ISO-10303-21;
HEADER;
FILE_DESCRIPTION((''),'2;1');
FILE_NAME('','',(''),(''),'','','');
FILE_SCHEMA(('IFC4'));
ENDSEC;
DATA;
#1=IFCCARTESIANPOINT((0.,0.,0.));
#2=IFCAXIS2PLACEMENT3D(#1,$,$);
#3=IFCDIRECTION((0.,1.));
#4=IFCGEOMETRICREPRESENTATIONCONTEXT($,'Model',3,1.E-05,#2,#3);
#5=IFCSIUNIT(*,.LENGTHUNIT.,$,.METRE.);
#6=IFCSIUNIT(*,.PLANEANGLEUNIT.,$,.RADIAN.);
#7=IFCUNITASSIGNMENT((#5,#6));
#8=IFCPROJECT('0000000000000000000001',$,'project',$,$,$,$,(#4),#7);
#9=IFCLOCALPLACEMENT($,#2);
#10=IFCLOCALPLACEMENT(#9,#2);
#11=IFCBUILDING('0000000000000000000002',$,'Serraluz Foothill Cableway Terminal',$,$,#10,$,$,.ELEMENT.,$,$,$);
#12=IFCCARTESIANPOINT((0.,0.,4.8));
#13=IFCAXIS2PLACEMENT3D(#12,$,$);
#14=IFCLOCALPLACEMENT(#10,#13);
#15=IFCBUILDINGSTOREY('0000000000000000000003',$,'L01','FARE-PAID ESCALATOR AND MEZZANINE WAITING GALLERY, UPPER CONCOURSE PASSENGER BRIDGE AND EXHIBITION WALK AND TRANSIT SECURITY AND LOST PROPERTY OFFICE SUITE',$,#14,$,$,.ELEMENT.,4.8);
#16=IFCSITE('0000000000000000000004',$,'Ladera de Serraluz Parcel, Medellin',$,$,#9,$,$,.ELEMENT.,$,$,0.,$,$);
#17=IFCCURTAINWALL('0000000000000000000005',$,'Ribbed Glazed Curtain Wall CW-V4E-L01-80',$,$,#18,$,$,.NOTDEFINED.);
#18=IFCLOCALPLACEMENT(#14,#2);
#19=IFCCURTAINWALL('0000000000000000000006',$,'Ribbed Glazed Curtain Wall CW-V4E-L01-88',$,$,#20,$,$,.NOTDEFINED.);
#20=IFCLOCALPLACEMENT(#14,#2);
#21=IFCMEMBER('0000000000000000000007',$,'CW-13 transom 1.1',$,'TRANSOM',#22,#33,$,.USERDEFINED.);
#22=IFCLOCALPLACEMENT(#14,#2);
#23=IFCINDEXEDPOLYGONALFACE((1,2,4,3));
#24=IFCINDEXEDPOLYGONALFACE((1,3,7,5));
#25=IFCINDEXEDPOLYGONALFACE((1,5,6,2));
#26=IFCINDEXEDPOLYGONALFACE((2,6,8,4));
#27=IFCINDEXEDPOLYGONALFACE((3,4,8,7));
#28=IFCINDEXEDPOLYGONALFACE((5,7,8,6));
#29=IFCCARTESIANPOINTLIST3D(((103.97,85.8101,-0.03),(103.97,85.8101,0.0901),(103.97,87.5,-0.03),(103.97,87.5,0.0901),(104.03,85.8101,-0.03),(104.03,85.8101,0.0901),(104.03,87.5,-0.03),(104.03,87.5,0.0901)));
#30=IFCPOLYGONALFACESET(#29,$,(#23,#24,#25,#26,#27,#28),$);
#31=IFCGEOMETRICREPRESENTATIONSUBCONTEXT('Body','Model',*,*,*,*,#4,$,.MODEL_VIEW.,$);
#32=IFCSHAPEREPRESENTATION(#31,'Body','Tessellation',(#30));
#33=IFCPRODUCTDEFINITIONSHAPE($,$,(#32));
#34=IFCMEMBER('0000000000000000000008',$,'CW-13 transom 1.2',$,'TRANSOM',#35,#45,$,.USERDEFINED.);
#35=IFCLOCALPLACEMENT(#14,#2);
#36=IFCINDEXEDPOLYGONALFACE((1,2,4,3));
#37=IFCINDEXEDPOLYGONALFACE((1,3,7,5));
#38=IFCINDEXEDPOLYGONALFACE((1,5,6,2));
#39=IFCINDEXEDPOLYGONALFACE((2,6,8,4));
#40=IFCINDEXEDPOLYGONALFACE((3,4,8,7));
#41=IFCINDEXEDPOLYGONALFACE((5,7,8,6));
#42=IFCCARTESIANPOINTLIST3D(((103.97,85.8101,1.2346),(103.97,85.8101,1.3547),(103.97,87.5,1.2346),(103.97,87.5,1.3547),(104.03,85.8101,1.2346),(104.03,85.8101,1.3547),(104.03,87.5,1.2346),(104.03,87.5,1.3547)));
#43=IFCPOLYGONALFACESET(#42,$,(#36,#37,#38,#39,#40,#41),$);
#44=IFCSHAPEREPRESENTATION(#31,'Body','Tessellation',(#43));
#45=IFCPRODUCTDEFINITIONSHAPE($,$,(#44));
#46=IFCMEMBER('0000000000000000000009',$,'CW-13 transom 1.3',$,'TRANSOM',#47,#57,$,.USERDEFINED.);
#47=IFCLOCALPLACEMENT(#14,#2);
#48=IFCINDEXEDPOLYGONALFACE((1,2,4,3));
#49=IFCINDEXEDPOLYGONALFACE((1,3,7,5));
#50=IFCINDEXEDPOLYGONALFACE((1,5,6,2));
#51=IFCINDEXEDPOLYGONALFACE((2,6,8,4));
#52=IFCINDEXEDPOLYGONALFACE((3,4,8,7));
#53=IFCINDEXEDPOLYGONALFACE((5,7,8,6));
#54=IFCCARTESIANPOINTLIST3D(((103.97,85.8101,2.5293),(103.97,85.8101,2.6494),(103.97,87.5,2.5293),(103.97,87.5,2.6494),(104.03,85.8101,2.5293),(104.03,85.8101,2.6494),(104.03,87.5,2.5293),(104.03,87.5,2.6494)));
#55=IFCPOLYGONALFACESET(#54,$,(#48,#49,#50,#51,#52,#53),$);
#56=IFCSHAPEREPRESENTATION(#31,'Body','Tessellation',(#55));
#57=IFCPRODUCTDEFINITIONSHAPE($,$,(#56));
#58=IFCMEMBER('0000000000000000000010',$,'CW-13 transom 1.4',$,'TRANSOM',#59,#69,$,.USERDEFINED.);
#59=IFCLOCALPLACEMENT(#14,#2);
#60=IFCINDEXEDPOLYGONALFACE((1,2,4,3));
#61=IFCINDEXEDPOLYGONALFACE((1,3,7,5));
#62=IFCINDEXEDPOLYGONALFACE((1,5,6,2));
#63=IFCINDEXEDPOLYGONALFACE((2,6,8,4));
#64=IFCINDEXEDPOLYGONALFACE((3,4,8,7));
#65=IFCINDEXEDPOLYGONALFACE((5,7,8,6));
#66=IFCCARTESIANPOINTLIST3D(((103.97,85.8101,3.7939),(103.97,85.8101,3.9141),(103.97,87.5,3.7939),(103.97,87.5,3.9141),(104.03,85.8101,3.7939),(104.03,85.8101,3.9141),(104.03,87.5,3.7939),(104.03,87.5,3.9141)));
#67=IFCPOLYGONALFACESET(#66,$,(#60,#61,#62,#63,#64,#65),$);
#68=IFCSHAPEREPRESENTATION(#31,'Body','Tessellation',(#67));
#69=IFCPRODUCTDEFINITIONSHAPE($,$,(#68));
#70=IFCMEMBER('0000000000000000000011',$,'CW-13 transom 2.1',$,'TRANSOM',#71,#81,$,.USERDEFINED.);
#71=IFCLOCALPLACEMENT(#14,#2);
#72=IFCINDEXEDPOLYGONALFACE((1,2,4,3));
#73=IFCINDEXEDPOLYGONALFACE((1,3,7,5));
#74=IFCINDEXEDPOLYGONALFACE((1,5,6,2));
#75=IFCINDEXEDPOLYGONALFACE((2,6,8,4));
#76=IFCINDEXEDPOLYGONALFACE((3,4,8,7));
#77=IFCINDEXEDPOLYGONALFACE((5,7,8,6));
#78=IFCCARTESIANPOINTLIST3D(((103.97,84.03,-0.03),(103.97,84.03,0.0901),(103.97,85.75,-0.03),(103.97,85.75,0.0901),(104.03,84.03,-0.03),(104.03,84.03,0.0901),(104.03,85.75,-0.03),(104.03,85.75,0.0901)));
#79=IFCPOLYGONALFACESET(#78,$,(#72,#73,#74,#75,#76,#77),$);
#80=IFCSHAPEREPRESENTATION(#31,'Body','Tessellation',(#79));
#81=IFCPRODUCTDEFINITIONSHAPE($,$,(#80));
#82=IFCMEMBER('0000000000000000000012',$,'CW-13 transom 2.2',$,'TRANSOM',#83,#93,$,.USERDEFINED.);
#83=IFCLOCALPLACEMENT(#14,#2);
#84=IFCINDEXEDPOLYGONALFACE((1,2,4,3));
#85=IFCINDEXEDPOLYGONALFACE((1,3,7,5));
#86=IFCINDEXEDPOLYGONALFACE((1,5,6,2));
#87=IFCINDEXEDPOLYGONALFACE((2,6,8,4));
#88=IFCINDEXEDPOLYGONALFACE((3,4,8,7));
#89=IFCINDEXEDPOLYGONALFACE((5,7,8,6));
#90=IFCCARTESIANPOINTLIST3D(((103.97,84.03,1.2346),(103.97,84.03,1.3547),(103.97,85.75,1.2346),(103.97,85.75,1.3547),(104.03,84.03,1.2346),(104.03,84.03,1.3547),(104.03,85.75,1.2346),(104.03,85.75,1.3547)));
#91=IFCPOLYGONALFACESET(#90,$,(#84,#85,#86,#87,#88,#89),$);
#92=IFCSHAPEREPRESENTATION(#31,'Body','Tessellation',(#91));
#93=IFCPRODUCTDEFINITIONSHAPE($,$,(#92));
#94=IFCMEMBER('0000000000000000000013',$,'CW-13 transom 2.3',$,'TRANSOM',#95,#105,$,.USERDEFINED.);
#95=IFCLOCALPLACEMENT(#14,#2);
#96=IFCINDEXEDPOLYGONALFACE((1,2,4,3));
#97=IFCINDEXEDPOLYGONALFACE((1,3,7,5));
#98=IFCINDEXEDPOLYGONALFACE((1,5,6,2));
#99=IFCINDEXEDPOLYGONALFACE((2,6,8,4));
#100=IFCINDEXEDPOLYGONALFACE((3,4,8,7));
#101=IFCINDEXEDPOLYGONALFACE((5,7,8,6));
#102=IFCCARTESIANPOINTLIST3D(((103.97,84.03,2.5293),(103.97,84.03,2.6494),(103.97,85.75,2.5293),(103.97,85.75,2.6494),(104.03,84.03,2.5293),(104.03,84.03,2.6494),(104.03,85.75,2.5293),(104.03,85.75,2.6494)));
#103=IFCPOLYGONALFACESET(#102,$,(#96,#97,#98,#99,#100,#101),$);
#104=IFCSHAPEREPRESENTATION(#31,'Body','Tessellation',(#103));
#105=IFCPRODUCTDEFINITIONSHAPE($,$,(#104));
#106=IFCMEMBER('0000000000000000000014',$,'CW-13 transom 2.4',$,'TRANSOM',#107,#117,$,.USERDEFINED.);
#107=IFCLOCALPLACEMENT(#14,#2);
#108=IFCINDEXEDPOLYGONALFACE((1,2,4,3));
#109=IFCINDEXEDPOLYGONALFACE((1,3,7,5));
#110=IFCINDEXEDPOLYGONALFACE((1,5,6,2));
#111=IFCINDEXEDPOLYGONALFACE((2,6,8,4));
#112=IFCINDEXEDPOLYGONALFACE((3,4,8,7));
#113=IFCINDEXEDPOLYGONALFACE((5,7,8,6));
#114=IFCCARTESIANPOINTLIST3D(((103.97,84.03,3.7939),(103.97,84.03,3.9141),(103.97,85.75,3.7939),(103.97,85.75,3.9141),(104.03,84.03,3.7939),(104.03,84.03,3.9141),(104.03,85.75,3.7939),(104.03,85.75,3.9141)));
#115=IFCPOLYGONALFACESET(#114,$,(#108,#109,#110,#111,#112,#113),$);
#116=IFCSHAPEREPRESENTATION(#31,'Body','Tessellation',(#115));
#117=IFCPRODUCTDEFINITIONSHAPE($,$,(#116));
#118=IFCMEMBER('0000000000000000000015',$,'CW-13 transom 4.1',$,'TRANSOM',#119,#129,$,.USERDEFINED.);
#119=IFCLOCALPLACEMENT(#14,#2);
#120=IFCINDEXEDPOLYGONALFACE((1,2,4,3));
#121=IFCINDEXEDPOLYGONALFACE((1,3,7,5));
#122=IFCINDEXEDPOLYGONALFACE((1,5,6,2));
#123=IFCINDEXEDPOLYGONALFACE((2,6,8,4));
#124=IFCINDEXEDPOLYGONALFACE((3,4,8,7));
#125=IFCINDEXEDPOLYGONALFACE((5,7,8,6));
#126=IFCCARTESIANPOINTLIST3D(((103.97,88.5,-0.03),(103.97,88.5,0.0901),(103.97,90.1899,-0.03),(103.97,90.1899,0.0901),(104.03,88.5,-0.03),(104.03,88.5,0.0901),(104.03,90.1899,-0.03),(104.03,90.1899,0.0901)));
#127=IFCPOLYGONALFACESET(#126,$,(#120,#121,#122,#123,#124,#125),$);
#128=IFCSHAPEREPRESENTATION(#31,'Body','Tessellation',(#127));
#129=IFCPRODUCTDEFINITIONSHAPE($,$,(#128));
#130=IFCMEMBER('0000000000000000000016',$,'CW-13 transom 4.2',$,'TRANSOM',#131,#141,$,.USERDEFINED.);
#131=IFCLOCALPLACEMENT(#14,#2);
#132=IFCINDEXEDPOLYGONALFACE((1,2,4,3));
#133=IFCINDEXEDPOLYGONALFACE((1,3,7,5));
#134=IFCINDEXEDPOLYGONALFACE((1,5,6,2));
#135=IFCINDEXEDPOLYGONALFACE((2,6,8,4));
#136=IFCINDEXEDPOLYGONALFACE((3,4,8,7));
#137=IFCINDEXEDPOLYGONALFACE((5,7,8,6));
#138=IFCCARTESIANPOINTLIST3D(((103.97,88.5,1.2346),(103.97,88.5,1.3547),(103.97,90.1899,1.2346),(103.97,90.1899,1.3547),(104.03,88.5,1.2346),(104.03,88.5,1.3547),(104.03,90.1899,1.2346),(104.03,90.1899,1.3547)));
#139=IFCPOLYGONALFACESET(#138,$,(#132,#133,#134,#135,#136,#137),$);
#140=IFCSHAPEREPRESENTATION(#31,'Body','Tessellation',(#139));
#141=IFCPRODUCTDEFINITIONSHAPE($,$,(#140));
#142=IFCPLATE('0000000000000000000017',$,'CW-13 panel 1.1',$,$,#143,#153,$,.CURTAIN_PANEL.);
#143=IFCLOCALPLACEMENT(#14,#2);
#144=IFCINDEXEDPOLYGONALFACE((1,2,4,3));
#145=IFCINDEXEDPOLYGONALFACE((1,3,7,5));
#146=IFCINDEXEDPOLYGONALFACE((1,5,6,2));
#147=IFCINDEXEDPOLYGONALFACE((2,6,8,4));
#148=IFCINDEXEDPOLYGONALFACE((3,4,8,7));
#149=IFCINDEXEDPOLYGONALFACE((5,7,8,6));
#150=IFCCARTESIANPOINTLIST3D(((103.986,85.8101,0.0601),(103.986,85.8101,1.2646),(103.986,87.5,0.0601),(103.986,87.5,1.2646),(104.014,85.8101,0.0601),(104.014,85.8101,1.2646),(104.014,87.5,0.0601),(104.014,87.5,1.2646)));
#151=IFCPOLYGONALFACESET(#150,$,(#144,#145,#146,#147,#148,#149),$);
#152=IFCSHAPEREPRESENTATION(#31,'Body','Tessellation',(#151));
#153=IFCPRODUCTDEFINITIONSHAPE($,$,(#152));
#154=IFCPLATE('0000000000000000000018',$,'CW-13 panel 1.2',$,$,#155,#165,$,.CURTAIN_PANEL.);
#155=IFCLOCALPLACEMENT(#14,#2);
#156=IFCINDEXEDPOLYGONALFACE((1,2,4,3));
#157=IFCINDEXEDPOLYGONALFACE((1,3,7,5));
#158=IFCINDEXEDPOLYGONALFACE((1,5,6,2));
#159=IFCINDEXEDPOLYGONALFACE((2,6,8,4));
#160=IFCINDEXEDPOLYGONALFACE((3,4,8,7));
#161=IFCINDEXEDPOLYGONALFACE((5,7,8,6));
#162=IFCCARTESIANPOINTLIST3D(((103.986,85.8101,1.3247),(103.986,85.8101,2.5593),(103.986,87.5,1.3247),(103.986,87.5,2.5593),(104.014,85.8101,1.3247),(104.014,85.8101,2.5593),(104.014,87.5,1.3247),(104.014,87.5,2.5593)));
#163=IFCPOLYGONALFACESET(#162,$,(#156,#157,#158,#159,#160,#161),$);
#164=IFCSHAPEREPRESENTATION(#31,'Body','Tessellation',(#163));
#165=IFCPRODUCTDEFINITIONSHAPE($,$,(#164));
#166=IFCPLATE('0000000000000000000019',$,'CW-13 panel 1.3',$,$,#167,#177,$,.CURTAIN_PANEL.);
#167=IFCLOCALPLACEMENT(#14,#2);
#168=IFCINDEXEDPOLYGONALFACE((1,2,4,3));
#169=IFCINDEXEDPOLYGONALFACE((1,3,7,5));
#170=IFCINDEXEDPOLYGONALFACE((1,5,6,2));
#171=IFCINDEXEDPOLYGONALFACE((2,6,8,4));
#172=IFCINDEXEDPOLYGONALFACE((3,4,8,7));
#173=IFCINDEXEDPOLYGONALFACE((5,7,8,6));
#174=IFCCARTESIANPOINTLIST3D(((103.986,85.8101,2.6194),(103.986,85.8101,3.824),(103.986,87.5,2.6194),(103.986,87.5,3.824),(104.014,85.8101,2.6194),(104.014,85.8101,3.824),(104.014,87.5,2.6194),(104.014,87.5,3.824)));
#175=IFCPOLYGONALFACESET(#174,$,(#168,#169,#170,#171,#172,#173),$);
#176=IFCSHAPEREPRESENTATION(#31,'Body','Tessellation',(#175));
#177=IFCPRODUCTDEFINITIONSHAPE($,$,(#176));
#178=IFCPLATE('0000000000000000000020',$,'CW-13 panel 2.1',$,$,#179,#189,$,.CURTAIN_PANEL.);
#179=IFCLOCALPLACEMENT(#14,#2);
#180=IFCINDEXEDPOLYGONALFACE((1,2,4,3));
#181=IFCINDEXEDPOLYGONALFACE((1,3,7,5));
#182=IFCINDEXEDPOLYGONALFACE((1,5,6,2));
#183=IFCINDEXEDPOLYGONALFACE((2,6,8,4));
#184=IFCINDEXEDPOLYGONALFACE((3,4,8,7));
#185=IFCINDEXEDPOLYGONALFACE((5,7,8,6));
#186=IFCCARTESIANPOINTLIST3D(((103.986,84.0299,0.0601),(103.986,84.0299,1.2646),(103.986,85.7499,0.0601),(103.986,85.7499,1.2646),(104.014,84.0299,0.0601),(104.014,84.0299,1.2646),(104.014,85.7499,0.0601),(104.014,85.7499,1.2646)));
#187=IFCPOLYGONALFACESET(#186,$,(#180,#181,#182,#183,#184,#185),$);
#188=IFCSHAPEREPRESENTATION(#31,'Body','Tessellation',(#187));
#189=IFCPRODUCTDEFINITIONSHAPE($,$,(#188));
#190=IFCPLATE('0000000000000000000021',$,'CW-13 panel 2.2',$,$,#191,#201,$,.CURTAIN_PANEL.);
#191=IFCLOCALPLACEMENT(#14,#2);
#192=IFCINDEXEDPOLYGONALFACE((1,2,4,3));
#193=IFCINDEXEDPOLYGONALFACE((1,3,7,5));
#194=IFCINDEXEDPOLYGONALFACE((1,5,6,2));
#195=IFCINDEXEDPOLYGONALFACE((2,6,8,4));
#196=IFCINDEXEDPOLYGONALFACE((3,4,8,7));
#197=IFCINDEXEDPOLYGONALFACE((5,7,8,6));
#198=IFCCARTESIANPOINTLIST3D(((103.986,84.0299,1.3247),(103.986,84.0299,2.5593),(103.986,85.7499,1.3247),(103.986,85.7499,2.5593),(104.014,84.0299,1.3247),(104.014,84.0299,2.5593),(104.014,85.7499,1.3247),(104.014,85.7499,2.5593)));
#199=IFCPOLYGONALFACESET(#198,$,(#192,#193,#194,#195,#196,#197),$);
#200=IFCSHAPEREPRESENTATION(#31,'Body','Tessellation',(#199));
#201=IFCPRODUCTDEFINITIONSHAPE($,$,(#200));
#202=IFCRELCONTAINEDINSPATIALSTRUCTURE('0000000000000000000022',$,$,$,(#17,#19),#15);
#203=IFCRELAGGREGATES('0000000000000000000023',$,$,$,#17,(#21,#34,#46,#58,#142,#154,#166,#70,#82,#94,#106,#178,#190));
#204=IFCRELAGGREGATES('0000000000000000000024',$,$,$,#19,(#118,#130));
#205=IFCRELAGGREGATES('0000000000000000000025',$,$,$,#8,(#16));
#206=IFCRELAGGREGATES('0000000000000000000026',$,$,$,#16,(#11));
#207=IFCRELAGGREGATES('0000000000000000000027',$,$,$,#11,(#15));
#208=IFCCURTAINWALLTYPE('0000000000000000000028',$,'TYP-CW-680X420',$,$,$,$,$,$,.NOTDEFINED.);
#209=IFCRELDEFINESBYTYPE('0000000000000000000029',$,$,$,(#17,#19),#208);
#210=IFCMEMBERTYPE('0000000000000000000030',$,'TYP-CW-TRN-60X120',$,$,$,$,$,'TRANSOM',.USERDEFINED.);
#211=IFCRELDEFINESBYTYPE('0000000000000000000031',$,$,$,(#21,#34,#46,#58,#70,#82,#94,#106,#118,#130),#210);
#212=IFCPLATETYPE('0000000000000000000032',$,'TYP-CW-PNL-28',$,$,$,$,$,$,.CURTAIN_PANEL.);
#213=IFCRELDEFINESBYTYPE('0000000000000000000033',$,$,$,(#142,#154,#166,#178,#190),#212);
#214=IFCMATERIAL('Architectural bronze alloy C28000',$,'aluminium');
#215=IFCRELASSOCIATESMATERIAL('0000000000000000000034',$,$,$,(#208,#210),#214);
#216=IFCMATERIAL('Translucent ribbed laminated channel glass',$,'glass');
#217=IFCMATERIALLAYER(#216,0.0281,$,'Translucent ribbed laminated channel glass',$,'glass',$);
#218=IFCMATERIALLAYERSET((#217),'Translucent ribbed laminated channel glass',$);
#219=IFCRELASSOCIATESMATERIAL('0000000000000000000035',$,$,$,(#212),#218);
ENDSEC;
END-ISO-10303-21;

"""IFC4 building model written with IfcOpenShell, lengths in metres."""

from ifc_helpers import new_model, si_unit, direction, frame, origin, origin_2d, place, context, subcontext, project, spatial, rectangle, extrude, material, layer, layer_set, material_profile, profile_set, type_object, element, aggregate, save


model = new_model("IFC4")

# Units and contexts
model_context = context("Model", 3, precision=1e-05, world=origin(), true_north=direction((0.0, 1.0)))
body_context = subcontext(model_context, "Body", "Model", "MODEL_VIEW")
ifc_project = project(units=[si_unit("LENGTHUNIT", "METRE"), si_unit("PLANEANGLEUNIT", "RADIAN")], contexts=[model_context])

# Site, building, storey
site_placement = place(None, origin())
site = spatial("IfcSite", under=ifc_project, at=site_placement, Name="Ladera de Serraluz Parcel, Medellin", CompositionType="ELEMENT", RefElevation=0.0)
building_placement = place(site_placement, origin())
building = spatial("IfcBuilding", under=site, at=building_placement, Name="Serraluz Foothill Cableway Terminal", CompositionType="ELEMENT")
storey_placement = place(building_placement, frame((0.0, 0.0, 4.8)))
storey = spatial("IfcBuildingStorey", under=building, at=storey_placement, Name="L01", Description="FARE-PAID ESCALATOR AND MEZZANINE WAITING GALLERY, UPPER CONCOURSE PASSENGER BRIDGE AND EXHIBITION WALK AND TRANSIT SECURITY AND LOST PROPERTY OFFICE SUITE", CompositionType="ELEMENT", Elevation=4.8)

# Curtain wall
ifc_material_1 = material(Name="Architectural bronze alloy C28000", Category="aluminium")
curtain_wall_type = type_object("IfcCurtainWallType", Name="TYP-CW-680X420", PredefinedType="NOTDEFINED", material=ifc_material_1)
curtain_wall_1_placement = place(storey_placement, origin())
curtain_wall_1 = element("IfcCurtainWall", 1, at=curtain_wall_1_placement, inside=storey, type_object=curtain_wall_type, Name="Ribbed Glazed Curtain Wall CW-V4E-L01-80", PredefinedType="NOTDEFINED")

# Curtain wall
curtain_wall_2_placement = place(storey_placement, origin())
curtain_wall_2 = element("IfcCurtainWall", 2, at=curtain_wall_2_placement, inside=storey, type_object=curtain_wall_type, Name="Ribbed Glazed Curtain Wall CW-V4E-L01-88", PredefinedType="NOTDEFINED")

# Members
ifc_material_profile_1 = material_profile(ifc_material_1, rectangle(XDim=0.0601, YDim=0.1201, at=origin_2d()), Name="ALU TRANSOM 60x120")
ifc_profile_set_1 = profile_set([ifc_material_profile_1], Name="Architectural bronze alloy C28000")
member_type_1 = type_object("IfcMemberType", Name="TYP-CW-TRN-60X120", ElementType="TRANSOM", PredefinedType="USERDEFINED", material=ifc_profile_set_1)
member_1_placement = place(storey_placement, frame((104.0, 87.5, 0.03), z_axis=(0.0, -1.0, 0.0), x_axis=(1.0, 0.0, 0.0)))
member_1 = element("IfcMember", 3, at=member_1_placement, type_object=member_type_1, Name="CW-13 transom 1.1", ObjectType="TRANSOM", PredefinedType="USERDEFINED", context=body_context, shape_type="SweptSolid", body=[
    extrude(rectangle(XDim=0.0601, YDim=0.1201, at=origin_2d()), origin(), (0.0, 0.0, 1.0), 1.6899),
])
member_2_placement = place(storey_placement, frame((104.0, 87.5, 1.2947), z_axis=(0.0, -1.0, 0.0), x_axis=(1.0, 0.0, 0.0)))
member_2 = element("IfcMember", 4, at=member_2_placement, type_object=member_type_1, Name="CW-13 transom 1.2", ObjectType="TRANSOM", PredefinedType="USERDEFINED", context=body_context, shape_type="SweptSolid", body=[
    extrude(rectangle(XDim=0.0601, YDim=0.1201, at=origin_2d()), origin(), (0.0, 0.0, 1.0), 1.6899),
])
member_3_placement = place(storey_placement, frame((104.0, 87.5, 2.5894), z_axis=(0.0, -1.0, 0.0), x_axis=(1.0, 0.0, 0.0)))
member_3 = element("IfcMember", 5, at=member_3_placement, type_object=member_type_1, Name="CW-13 transom 1.3", ObjectType="TRANSOM", PredefinedType="USERDEFINED", context=body_context, shape_type="SweptSolid", body=[
    extrude(rectangle(XDim=0.0601, YDim=0.1201, at=origin_2d()), origin(), (0.0, 0.0, 1.0), 1.6899),
])
member_4_placement = place(storey_placement, frame((104.0, 87.5, 3.854), z_axis=(0.0, -1.0, 0.0), x_axis=(1.0, 0.0, 0.0)))
member_4 = element("IfcMember", 6, at=member_4_placement, type_object=member_type_1, Name="CW-13 transom 1.4", ObjectType="TRANSOM", PredefinedType="USERDEFINED", context=body_context, shape_type="SweptSolid", body=[
    extrude(rectangle(XDim=0.0601, YDim=0.1201, at=origin_2d()), origin(), (0.0, 0.0, 1.0), 1.6899),
])
member_5_placement = place(storey_placement, frame((104.0, 85.75, 0.03), z_axis=(0.0, -1.0, 0.0), x_axis=(1.0, 0.0, 0.0)))
member_5 = element("IfcMember", 7, at=member_5_placement, type_object=member_type_1, Name="CW-13 transom 2.1", ObjectType="TRANSOM", PredefinedType="USERDEFINED", context=body_context, shape_type="SweptSolid", body=[
    extrude(rectangle(XDim=0.0601, YDim=0.1201, at=origin_2d()), origin(), (0.0, 0.0, 1.0), 1.72),
])
member_6_placement = place(storey_placement, frame((104.0, 85.75, 1.2947), z_axis=(0.0, -1.0, 0.0), x_axis=(1.0, 0.0, 0.0)))
member_6 = element("IfcMember", 8, at=member_6_placement, type_object=member_type_1, Name="CW-13 transom 2.2", ObjectType="TRANSOM", PredefinedType="USERDEFINED", context=body_context, shape_type="SweptSolid", body=[
    extrude(rectangle(XDim=0.0601, YDim=0.1201, at=origin_2d()), origin(), (0.0, 0.0, 1.0), 1.72),
])
member_7_placement = place(storey_placement, frame((104.0, 85.75, 2.5894), z_axis=(0.0, -1.0, 0.0), x_axis=(1.0, 0.0, 0.0)))
member_7 = element("IfcMember", 9, at=member_7_placement, type_object=member_type_1, Name="CW-13 transom 2.3", ObjectType="TRANSOM", PredefinedType="USERDEFINED", context=body_context, shape_type="SweptSolid", body=[
    extrude(rectangle(XDim=0.0601, YDim=0.1201, at=origin_2d()), origin(), (0.0, 0.0, 1.0), 1.72),
])
member_8_placement = place(storey_placement, frame((104.0, 85.75, 3.854), z_axis=(0.0, -1.0, 0.0), x_axis=(1.0, 0.0, 0.0)))
member_8 = element("IfcMember", 10, at=member_8_placement, type_object=member_type_1, Name="CW-13 transom 2.4", ObjectType="TRANSOM", PredefinedType="USERDEFINED", context=body_context, shape_type="SweptSolid", body=[
    extrude(rectangle(XDim=0.0601, YDim=0.1201, at=origin_2d()), origin(), (0.0, 0.0, 1.0), 1.72),
])
member_9_placement = place(storey_placement, frame((104.0, 90.1899, 0.03), z_axis=(0.0, -1.0, 0.0), x_axis=(1.0, 0.0, 0.0)))
member_9 = element("IfcMember", 11, at=member_9_placement, type_object=member_type_1, Name="CW-13 transom 4.1", ObjectType="TRANSOM", PredefinedType="USERDEFINED", context=body_context, shape_type="SweptSolid", body=[
    extrude(rectangle(XDim=0.0601, YDim=0.1201, at=origin_2d()), origin(), (0.0, 0.0, 1.0), 1.6899),
])
member_10_placement = place(storey_placement, frame((104.0, 90.1899, 1.2947), z_axis=(0.0, -1.0, 0.0), x_axis=(1.0, 0.0, 0.0)))
member_10 = element("IfcMember", 12, at=member_10_placement, type_object=member_type_1, Name="CW-13 transom 4.2", ObjectType="TRANSOM", PredefinedType="USERDEFINED", context=body_context, shape_type="SweptSolid", body=[
    extrude(rectangle(XDim=0.0601, YDim=0.1201, at=origin_2d()), origin(), (0.0, 0.0, 1.0), 1.6899),
])

# Plates
ifc_material_2 = material(Name="Translucent ribbed laminated channel glass", Category="glass")
ifc_layer_1 = layer(ifc_material_2, 0.0281, Name="Translucent ribbed laminated channel glass", Category="glass")
ifc_layer_set_1 = layer_set([ifc_layer_1], Name="Translucent ribbed laminated channel glass")
plate_type = type_object("IfcPlateType", Name="TYP-CW-PNL-28", PredefinedType="CURTAIN_PANEL", material=ifc_layer_set_1)
plate_1_placement = place(storey_placement, frame((104.0, 86.655, 0.0601), z_axis=(0.0, 0.0, 1.0), x_axis=(0.0, -1.0, 0.0)))
plate_1 = element("IfcPlate", 13, at=plate_1_placement, type_object=plate_type, Name="CW-13 panel 1.1", PredefinedType="CURTAIN_PANEL", context=body_context, shape_type="SweptSolid", body=[
    extrude(rectangle(XDim=1.6899, YDim=0.0281, at=origin_2d()), origin(), (0.0, 0.0, 1.0), 1.2046),
])
plate_2_placement = place(storey_placement, frame((104.0, 86.655, 1.3247), z_axis=(0.0, 0.0, 1.0), x_axis=(0.0, -1.0, 0.0)))
plate_2 = element("IfcPlate", 14, at=plate_2_placement, type_object=plate_type, Name="CW-13 panel 1.2", PredefinedType="CURTAIN_PANEL", context=body_context, shape_type="SweptSolid", body=[
    extrude(rectangle(XDim=1.6899, YDim=0.0281, at=origin_2d()), origin(), (0.0, 0.0, 1.0), 1.2346),
])
plate_3_placement = place(storey_placement, frame((104.0, 86.655, 2.6194), z_axis=(0.0, 0.0, 1.0), x_axis=(0.0, -1.0, 0.0)))
plate_3 = element("IfcPlate", 15, at=plate_3_placement, type_object=plate_type, Name="CW-13 panel 1.3", PredefinedType="CURTAIN_PANEL", context=body_context, shape_type="SweptSolid", body=[
    extrude(rectangle(XDim=1.6899, YDim=0.0281, at=origin_2d()), origin(), (0.0, 0.0, 1.0), 1.2046),
])
plate_4_placement = place(storey_placement, frame((104.0, 84.8899, 0.0601), z_axis=(0.0, 0.0, 1.0), x_axis=(0.0, -1.0, 0.0)))
plate_4 = element("IfcPlate", 16, at=plate_4_placement, type_object=plate_type, Name="CW-13 panel 2.1", PredefinedType="CURTAIN_PANEL", context=body_context, shape_type="SweptSolid", body=[
    extrude(rectangle(XDim=1.72, YDim=0.0281, at=origin_2d()), origin(), (0.0, 0.0, 1.0), 1.2046),
])
plate_5_placement = place(storey_placement, frame((104.0, 84.8899, 1.3247), z_axis=(0.0, 0.0, 1.0), x_axis=(0.0, -1.0, 0.0)))
plate_5 = element("IfcPlate", 17, at=plate_5_placement, type_object=plate_type, Name="CW-13 panel 2.2", PredefinedType="CURTAIN_PANEL", context=body_context, shape_type="SweptSolid", body=[
    extrude(rectangle(XDim=1.72, YDim=0.0281, at=origin_2d()), origin(), (0.0, 0.0, 1.0), 1.2346),
])
aggregate(curtain_wall_1, [member_1, member_2, member_3, member_4, plate_1, plate_2, plate_3, member_5, member_6, member_7, member_8, plate_4, plate_5])
aggregate(curtain_wall_2, [member_9, member_10])

save(model, "model.ifc")
